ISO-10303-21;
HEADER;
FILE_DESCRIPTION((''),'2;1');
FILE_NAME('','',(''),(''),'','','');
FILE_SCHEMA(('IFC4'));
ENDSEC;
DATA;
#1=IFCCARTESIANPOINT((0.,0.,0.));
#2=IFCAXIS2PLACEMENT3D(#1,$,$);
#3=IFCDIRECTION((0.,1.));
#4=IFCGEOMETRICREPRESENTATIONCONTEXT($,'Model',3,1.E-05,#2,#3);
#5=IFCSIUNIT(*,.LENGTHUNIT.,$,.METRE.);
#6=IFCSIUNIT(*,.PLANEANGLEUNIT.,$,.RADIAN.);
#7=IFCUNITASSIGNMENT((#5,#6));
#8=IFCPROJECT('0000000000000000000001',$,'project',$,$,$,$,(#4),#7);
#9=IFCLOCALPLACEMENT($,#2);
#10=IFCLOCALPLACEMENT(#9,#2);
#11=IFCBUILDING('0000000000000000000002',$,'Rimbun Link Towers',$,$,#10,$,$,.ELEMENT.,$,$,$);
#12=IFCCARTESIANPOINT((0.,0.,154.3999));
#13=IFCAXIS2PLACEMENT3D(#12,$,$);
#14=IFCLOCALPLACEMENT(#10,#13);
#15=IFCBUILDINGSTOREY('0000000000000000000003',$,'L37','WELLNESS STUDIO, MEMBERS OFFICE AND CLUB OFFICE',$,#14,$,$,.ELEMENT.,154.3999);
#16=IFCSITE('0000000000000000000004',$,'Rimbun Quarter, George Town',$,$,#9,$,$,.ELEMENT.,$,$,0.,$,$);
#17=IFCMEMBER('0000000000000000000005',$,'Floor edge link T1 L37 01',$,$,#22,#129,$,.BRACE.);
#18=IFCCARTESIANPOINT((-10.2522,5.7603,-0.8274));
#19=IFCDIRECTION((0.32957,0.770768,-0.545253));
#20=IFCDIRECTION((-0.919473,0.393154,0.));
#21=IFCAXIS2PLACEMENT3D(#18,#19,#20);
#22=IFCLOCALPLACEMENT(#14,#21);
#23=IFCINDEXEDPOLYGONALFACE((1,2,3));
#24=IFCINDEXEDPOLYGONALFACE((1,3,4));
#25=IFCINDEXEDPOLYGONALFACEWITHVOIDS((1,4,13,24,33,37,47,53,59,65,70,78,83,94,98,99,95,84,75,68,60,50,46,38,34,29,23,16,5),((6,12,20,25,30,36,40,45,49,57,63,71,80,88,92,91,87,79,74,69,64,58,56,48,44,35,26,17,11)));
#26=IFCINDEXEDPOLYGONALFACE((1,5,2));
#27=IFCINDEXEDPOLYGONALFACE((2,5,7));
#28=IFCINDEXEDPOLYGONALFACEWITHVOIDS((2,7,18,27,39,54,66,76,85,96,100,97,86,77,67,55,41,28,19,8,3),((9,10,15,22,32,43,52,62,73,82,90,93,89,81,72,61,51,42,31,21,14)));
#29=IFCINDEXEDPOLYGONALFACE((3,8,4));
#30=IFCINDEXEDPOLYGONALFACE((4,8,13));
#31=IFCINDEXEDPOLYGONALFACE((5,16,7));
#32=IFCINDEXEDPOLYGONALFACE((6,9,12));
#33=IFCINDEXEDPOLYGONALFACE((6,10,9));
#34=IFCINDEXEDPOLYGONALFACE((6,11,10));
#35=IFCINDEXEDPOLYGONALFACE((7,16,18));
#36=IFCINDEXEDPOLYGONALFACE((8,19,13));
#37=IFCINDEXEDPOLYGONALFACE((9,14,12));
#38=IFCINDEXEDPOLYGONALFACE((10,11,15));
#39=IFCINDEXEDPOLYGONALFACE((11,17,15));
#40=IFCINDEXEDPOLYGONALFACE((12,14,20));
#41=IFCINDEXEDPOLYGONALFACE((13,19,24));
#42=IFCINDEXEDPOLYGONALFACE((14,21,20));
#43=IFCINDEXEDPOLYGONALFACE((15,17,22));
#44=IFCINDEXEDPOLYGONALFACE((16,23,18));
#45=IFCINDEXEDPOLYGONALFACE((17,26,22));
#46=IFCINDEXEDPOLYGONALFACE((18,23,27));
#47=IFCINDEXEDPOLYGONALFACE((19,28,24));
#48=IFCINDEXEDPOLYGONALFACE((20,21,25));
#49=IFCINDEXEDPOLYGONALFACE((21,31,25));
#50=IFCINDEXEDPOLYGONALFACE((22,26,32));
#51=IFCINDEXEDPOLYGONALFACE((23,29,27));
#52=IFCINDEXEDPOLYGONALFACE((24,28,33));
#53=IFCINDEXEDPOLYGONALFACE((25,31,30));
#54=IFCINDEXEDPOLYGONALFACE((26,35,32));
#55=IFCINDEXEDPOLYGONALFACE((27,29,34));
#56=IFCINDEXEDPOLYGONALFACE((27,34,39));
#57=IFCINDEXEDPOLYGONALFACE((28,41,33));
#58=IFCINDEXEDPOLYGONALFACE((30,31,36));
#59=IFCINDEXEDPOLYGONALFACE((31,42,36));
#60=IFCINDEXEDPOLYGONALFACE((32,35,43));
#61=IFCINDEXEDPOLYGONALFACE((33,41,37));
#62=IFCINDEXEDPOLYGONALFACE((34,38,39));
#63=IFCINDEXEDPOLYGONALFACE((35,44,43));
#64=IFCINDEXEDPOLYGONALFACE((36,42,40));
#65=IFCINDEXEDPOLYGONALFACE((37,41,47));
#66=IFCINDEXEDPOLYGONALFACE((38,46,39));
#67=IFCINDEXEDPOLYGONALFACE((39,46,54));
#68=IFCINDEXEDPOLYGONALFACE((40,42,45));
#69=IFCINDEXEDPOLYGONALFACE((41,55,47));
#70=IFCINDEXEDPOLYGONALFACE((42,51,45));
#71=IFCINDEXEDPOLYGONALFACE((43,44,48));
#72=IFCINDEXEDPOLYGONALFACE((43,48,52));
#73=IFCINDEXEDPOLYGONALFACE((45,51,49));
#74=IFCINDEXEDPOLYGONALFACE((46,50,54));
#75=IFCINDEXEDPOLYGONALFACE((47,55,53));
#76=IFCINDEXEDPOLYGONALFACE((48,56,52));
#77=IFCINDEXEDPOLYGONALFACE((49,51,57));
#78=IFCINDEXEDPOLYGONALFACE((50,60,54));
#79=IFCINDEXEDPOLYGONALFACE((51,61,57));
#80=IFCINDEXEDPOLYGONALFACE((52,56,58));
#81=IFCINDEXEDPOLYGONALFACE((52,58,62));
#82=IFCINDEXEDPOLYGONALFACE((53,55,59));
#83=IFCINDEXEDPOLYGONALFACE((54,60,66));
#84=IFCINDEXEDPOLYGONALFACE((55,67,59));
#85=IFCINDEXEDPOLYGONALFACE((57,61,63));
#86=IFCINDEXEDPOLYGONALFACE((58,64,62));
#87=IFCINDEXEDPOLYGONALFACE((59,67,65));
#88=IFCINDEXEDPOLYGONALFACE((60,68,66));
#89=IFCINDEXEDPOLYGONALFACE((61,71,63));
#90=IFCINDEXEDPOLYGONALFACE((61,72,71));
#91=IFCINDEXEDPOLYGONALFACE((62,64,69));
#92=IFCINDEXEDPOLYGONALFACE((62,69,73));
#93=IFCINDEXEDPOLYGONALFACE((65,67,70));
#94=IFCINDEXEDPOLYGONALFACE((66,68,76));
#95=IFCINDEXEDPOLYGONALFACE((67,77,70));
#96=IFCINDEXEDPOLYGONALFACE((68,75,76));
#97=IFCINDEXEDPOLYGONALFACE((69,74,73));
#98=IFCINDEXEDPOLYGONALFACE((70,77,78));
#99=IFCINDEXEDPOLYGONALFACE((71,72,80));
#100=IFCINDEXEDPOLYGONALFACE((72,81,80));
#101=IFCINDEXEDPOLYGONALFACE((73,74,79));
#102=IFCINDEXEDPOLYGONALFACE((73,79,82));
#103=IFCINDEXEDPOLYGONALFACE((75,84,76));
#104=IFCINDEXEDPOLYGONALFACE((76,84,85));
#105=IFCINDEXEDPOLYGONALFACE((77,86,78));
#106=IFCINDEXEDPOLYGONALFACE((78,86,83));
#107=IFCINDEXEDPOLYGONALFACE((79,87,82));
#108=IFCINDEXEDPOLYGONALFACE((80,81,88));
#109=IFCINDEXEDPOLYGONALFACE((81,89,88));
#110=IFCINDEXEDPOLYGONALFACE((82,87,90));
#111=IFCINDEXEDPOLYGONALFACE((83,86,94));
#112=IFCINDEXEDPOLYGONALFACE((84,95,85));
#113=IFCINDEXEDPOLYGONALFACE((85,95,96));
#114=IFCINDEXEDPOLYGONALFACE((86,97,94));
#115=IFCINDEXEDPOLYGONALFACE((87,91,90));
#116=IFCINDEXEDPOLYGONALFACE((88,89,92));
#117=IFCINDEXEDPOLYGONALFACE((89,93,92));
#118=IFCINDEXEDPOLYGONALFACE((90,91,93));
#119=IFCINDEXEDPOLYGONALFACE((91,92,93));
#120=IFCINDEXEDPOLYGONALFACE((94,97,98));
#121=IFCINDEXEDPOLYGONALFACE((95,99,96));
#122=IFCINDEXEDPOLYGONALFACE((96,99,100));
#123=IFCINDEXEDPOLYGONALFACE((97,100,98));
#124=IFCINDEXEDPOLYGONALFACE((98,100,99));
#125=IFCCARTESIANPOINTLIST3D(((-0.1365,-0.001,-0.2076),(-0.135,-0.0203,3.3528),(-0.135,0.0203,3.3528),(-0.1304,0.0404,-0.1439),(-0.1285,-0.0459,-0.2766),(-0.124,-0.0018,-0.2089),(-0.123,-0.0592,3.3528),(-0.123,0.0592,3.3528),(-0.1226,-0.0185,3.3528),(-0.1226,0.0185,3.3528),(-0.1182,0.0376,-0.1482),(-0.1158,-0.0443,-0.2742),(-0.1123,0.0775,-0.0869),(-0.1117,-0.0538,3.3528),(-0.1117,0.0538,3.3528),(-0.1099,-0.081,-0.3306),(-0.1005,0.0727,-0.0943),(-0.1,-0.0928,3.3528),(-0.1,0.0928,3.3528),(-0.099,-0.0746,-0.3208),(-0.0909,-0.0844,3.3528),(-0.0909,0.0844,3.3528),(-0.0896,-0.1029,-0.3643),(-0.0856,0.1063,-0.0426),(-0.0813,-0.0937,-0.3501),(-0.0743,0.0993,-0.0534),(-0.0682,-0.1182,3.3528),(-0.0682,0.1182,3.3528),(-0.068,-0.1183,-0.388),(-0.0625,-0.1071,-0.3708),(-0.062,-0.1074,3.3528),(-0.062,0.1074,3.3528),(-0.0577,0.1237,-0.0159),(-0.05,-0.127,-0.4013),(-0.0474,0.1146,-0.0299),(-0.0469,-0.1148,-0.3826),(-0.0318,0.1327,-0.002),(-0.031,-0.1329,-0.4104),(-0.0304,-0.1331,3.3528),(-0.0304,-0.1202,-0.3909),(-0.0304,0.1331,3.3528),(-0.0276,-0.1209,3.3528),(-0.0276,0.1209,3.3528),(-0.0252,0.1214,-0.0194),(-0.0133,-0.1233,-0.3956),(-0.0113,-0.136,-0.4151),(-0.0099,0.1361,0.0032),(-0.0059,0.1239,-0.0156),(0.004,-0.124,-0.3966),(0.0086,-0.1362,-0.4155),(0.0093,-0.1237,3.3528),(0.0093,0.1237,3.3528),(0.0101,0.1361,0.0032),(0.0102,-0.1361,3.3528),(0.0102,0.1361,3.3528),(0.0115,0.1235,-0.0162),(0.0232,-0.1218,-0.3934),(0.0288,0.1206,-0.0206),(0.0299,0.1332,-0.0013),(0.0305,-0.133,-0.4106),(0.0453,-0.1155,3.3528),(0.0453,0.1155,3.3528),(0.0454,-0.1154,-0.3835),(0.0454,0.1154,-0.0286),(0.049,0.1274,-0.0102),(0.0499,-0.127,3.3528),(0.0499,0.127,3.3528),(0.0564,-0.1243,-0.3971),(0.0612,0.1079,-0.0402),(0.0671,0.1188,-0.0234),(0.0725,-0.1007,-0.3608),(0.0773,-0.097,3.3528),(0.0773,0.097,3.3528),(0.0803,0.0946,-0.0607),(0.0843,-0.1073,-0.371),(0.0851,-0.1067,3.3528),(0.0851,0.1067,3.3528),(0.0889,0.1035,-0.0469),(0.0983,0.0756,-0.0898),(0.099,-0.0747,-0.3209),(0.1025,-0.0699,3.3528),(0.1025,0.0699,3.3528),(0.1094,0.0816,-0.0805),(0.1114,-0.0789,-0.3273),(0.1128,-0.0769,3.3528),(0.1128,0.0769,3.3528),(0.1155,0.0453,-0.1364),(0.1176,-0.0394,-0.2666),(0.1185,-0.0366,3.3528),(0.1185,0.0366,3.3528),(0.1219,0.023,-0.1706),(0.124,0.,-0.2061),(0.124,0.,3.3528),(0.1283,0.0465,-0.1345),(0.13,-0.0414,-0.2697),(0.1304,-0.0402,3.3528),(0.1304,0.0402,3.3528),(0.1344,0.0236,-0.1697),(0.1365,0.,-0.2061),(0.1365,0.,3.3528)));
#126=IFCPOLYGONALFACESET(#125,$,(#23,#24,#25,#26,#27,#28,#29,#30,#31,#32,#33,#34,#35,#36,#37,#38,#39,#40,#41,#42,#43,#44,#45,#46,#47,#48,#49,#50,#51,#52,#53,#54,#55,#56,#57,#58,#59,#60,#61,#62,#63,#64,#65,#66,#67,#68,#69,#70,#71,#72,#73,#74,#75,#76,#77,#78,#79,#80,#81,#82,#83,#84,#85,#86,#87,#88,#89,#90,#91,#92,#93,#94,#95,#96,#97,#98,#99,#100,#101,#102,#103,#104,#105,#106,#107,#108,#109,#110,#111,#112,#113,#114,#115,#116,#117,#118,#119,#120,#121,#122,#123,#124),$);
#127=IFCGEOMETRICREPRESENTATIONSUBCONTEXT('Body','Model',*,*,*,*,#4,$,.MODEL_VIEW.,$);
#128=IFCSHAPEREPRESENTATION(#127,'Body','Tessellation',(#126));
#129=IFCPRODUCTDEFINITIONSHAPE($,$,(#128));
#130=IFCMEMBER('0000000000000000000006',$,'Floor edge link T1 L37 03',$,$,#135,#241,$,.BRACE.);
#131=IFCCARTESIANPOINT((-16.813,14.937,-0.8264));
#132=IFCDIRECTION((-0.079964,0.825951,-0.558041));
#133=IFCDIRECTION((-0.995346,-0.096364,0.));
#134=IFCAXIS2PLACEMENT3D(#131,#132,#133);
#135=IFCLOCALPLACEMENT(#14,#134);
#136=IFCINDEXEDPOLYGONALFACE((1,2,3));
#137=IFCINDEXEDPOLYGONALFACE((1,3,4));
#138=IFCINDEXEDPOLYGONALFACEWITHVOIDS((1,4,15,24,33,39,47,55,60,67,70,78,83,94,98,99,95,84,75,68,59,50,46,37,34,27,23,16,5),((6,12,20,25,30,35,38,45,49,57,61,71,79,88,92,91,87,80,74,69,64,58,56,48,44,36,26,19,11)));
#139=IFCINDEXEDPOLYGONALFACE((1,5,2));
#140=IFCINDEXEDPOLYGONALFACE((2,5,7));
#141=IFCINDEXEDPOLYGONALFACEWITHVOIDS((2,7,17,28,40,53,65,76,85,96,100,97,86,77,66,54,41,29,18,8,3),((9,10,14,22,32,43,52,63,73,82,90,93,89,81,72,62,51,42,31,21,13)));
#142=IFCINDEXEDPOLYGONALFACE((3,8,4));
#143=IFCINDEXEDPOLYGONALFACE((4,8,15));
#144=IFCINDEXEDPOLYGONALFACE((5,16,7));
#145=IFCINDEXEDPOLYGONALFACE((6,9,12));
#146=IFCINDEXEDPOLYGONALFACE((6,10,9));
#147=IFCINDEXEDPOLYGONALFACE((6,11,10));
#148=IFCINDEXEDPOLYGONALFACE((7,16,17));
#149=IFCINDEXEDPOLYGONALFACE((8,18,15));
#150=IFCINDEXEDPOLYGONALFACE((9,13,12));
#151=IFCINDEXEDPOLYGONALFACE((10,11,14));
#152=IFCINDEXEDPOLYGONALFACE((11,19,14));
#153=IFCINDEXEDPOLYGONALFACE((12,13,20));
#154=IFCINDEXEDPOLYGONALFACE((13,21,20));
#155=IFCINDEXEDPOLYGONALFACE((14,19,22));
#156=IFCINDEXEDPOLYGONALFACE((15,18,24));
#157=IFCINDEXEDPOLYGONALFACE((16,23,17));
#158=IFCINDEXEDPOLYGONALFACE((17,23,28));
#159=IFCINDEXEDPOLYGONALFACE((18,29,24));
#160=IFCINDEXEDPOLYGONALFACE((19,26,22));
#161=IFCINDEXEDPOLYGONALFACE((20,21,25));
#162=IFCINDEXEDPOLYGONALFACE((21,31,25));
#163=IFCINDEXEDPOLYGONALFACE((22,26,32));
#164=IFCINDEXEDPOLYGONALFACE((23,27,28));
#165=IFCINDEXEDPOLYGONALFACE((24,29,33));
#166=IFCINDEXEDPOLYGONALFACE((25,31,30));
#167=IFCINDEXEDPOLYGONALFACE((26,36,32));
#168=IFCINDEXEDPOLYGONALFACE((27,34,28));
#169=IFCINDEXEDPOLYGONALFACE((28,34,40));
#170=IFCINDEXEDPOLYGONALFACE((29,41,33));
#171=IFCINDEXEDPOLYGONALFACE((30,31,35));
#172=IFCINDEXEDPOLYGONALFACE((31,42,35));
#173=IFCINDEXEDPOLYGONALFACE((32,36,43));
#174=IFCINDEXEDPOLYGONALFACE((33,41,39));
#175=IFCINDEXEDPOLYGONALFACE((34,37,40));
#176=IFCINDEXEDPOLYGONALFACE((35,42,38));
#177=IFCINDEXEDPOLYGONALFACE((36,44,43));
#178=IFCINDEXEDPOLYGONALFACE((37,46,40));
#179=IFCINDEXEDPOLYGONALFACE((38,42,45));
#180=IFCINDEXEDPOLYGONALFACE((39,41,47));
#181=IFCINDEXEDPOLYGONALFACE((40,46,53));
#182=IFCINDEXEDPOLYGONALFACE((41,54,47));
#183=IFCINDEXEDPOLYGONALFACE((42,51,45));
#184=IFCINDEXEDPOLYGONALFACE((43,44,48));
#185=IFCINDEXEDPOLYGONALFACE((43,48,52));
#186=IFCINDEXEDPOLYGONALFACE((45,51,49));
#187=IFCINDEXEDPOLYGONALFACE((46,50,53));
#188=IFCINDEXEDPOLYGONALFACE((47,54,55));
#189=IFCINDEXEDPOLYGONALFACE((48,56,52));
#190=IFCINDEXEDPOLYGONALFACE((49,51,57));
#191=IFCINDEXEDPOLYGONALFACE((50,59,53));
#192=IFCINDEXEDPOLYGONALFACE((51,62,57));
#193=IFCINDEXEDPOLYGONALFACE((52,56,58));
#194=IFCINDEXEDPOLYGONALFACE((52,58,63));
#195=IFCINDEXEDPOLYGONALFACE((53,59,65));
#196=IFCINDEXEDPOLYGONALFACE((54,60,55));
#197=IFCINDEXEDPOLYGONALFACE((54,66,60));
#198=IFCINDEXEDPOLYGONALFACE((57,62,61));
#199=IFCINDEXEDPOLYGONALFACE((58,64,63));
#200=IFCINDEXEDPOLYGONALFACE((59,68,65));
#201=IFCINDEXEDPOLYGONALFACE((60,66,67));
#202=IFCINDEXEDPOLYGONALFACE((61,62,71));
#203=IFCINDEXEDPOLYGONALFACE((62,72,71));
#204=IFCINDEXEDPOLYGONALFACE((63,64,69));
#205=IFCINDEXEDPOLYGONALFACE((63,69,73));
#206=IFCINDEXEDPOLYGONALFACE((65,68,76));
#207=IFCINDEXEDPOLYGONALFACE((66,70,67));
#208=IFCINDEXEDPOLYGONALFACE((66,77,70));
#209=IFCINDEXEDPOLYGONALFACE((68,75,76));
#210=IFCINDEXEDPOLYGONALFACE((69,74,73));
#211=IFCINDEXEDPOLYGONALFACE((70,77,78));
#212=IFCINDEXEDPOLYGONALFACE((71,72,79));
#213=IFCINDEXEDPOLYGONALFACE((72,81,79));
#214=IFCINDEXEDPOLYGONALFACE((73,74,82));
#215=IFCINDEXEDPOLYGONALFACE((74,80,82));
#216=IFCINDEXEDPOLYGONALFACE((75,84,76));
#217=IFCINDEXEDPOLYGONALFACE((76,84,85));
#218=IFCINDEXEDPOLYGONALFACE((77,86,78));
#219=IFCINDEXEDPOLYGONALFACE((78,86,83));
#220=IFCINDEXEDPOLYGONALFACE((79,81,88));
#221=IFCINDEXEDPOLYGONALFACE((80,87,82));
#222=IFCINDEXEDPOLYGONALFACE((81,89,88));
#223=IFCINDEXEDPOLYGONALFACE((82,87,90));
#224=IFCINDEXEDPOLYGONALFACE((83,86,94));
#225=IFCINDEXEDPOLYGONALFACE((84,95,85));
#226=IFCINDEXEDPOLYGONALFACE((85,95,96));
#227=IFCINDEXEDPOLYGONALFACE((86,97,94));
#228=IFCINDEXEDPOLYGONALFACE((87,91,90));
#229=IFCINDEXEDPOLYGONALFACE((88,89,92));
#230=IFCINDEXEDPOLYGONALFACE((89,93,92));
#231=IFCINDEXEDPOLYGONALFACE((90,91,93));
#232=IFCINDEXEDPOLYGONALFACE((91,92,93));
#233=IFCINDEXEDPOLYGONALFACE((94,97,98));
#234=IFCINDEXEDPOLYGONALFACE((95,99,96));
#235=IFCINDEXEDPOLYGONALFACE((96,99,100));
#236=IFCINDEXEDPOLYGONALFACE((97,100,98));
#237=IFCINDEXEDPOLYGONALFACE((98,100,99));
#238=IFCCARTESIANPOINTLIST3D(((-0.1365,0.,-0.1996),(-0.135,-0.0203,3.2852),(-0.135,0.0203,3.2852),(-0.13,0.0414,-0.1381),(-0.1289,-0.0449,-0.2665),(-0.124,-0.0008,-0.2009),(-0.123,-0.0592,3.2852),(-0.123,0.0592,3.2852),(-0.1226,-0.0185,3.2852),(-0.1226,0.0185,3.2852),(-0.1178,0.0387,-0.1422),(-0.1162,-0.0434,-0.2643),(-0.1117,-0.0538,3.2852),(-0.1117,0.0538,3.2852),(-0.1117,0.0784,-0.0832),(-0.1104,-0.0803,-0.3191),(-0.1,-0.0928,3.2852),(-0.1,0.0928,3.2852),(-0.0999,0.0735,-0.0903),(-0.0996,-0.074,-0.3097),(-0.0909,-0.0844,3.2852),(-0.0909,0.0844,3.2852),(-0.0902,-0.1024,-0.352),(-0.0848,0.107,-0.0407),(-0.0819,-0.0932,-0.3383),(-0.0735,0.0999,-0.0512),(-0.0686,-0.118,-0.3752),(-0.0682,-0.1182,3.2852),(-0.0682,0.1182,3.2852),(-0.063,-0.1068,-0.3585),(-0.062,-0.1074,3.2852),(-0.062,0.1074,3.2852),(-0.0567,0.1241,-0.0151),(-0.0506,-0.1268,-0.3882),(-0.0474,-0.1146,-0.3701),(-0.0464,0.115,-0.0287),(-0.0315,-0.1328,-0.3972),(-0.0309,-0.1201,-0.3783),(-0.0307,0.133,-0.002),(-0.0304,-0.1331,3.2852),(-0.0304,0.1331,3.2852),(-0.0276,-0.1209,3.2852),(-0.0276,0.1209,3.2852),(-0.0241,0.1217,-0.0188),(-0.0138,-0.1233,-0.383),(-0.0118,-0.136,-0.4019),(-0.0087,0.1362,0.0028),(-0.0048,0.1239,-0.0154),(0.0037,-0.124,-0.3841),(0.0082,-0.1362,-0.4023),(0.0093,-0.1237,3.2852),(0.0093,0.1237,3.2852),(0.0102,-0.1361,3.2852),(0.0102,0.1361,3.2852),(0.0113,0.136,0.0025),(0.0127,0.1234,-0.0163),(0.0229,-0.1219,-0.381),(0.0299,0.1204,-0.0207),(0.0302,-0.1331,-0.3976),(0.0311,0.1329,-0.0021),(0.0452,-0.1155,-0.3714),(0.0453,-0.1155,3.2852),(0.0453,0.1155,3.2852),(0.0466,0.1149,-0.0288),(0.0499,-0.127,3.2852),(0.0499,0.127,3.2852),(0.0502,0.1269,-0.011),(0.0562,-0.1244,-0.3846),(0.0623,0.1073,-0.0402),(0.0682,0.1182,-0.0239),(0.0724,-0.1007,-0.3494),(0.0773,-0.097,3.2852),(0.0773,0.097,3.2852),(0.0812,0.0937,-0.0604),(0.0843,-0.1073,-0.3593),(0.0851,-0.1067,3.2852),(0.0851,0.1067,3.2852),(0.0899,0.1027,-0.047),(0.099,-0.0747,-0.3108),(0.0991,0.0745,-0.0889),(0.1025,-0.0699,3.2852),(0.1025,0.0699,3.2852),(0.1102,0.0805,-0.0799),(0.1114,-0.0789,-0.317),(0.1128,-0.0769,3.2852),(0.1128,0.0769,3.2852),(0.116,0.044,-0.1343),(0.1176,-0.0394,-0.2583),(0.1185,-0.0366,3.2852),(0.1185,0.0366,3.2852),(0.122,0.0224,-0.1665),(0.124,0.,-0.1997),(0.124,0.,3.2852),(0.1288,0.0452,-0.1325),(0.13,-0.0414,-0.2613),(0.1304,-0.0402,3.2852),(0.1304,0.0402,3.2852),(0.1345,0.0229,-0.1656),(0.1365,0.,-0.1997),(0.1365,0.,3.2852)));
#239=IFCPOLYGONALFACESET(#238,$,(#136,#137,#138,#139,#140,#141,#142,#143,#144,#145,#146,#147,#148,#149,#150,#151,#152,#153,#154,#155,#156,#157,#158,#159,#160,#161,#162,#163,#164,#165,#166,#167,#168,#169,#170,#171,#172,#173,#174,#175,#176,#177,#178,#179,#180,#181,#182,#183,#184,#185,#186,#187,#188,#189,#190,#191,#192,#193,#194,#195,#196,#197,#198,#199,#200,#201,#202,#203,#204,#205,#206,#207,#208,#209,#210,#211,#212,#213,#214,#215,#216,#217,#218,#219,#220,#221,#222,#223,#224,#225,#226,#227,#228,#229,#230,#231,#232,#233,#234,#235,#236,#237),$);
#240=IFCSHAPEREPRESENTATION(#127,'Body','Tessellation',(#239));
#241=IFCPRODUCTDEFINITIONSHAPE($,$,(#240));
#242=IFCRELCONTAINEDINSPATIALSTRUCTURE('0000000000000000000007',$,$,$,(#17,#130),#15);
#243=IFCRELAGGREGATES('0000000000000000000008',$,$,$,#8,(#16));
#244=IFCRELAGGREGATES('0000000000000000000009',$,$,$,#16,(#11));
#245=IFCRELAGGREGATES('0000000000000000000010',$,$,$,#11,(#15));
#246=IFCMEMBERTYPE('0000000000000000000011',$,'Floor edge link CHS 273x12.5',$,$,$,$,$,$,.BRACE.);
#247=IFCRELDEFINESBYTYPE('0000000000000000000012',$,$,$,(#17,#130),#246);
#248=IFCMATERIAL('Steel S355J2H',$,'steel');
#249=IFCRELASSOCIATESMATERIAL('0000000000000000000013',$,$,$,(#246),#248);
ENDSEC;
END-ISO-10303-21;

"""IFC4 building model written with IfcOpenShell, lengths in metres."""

from ifc_helpers import new_model, si_unit, direction, frame, origin, origin_2d, place, context, subcontext, project, spatial, hollow_circle, extrude, clip, halfspace, material, material_profile, profile_set, type_object, element, save


model = new_model("IFC4")

# Units and contexts
model_context = context("Model", 3, precision=1e-05, world=origin(), true_north=direction((0.0, 1.0)))
body_context = subcontext(model_context, "Body", "Model", "MODEL_VIEW")
ifc_project = project(units=[si_unit("LENGTHUNIT", "METRE"), si_unit("PLANEANGLEUNIT", "RADIAN")], contexts=[model_context])

# Site, building, storey
site_placement = place(None, origin())
site = spatial("IfcSite", under=ifc_project, at=site_placement, Name="Rimbun Quarter, George Town", CompositionType="ELEMENT", RefElevation=0.0)
building_placement = place(site_placement, origin())
building = spatial("IfcBuilding", under=site, at=building_placement, Name="Rimbun Link Towers", CompositionType="ELEMENT")
storey_placement = place(building_placement, frame((0.0, 0.0, 154.3999)))
storey = spatial("IfcBuildingStorey", under=building, at=storey_placement, Name="L37", Description="WELLNESS STUDIO, MEMBERS OFFICE AND CLUB OFFICE", CompositionType="ELEMENT", Elevation=154.3999)

# Members
ifc_material_1 = material(Name="Steel S355J2H", Category="steel")
ifc_material_profile_1 = material_profile(ifc_material_1, hollow_circle(Radius=0.1365, WallThickness=0.0125, at=origin_2d()), Name="CHS 273x12.5")
ifc_profile_set_1 = profile_set([ifc_material_profile_1], Name="Steel S355J2H")
member_type_1 = type_object("IfcMemberType", Name="Floor edge link CHS 273x12.5", PredefinedType="BRACE", material=ifc_profile_set_1)
member_1_placement = place(storey_placement, frame((-10.2522, 5.7603, -0.8274), z_axis=(0.32957, 0.770768, -0.545253), x_axis=(-0.919473, 0.393154, 0.0)))
element("IfcMember", 1, at=member_1_placement, inside=storey, type_object=member_type_1, Name="Floor edge link T1 L37 01", PredefinedType="BRACE", context=body_context, shape_type="Clipping", body=[
    clip(extrude(hollow_circle(Radius=0.1365, WallThickness=0.0125, at=origin_2d()), frame((0.0, 0.0, -0.438)), (0.0, 0.0, 1.0), 3.7908), halfspace(frame((0.0, 0.0, -0.2061), z_axis=(0.0, 0.838271, -0.545253)), False)),
])
member_2_placement = place(storey_placement, frame((-16.813, 14.937, -0.8264), z_axis=(-0.079964, 0.825951, -0.558041), x_axis=(-0.995346, -0.096364, 0.0)))
element("IfcMember", 2, at=member_2_placement, inside=storey, type_object=member_type_1, Name="Floor edge link T1 L37 03", PredefinedType="BRACE", context=body_context, shape_type="Clipping", body=[
    clip(extrude(hollow_circle(Radius=0.1365, WallThickness=0.0125, at=origin_2d()), frame((0.0, 0.0, -0.4238)), (0.0, 0.0, 1.0), 3.709), halfspace(frame((0.0, 0.0, -0.1997), z_axis=(0.0, 0.829813, -0.558041)), False)),
])

save(model, "model.ifc")
